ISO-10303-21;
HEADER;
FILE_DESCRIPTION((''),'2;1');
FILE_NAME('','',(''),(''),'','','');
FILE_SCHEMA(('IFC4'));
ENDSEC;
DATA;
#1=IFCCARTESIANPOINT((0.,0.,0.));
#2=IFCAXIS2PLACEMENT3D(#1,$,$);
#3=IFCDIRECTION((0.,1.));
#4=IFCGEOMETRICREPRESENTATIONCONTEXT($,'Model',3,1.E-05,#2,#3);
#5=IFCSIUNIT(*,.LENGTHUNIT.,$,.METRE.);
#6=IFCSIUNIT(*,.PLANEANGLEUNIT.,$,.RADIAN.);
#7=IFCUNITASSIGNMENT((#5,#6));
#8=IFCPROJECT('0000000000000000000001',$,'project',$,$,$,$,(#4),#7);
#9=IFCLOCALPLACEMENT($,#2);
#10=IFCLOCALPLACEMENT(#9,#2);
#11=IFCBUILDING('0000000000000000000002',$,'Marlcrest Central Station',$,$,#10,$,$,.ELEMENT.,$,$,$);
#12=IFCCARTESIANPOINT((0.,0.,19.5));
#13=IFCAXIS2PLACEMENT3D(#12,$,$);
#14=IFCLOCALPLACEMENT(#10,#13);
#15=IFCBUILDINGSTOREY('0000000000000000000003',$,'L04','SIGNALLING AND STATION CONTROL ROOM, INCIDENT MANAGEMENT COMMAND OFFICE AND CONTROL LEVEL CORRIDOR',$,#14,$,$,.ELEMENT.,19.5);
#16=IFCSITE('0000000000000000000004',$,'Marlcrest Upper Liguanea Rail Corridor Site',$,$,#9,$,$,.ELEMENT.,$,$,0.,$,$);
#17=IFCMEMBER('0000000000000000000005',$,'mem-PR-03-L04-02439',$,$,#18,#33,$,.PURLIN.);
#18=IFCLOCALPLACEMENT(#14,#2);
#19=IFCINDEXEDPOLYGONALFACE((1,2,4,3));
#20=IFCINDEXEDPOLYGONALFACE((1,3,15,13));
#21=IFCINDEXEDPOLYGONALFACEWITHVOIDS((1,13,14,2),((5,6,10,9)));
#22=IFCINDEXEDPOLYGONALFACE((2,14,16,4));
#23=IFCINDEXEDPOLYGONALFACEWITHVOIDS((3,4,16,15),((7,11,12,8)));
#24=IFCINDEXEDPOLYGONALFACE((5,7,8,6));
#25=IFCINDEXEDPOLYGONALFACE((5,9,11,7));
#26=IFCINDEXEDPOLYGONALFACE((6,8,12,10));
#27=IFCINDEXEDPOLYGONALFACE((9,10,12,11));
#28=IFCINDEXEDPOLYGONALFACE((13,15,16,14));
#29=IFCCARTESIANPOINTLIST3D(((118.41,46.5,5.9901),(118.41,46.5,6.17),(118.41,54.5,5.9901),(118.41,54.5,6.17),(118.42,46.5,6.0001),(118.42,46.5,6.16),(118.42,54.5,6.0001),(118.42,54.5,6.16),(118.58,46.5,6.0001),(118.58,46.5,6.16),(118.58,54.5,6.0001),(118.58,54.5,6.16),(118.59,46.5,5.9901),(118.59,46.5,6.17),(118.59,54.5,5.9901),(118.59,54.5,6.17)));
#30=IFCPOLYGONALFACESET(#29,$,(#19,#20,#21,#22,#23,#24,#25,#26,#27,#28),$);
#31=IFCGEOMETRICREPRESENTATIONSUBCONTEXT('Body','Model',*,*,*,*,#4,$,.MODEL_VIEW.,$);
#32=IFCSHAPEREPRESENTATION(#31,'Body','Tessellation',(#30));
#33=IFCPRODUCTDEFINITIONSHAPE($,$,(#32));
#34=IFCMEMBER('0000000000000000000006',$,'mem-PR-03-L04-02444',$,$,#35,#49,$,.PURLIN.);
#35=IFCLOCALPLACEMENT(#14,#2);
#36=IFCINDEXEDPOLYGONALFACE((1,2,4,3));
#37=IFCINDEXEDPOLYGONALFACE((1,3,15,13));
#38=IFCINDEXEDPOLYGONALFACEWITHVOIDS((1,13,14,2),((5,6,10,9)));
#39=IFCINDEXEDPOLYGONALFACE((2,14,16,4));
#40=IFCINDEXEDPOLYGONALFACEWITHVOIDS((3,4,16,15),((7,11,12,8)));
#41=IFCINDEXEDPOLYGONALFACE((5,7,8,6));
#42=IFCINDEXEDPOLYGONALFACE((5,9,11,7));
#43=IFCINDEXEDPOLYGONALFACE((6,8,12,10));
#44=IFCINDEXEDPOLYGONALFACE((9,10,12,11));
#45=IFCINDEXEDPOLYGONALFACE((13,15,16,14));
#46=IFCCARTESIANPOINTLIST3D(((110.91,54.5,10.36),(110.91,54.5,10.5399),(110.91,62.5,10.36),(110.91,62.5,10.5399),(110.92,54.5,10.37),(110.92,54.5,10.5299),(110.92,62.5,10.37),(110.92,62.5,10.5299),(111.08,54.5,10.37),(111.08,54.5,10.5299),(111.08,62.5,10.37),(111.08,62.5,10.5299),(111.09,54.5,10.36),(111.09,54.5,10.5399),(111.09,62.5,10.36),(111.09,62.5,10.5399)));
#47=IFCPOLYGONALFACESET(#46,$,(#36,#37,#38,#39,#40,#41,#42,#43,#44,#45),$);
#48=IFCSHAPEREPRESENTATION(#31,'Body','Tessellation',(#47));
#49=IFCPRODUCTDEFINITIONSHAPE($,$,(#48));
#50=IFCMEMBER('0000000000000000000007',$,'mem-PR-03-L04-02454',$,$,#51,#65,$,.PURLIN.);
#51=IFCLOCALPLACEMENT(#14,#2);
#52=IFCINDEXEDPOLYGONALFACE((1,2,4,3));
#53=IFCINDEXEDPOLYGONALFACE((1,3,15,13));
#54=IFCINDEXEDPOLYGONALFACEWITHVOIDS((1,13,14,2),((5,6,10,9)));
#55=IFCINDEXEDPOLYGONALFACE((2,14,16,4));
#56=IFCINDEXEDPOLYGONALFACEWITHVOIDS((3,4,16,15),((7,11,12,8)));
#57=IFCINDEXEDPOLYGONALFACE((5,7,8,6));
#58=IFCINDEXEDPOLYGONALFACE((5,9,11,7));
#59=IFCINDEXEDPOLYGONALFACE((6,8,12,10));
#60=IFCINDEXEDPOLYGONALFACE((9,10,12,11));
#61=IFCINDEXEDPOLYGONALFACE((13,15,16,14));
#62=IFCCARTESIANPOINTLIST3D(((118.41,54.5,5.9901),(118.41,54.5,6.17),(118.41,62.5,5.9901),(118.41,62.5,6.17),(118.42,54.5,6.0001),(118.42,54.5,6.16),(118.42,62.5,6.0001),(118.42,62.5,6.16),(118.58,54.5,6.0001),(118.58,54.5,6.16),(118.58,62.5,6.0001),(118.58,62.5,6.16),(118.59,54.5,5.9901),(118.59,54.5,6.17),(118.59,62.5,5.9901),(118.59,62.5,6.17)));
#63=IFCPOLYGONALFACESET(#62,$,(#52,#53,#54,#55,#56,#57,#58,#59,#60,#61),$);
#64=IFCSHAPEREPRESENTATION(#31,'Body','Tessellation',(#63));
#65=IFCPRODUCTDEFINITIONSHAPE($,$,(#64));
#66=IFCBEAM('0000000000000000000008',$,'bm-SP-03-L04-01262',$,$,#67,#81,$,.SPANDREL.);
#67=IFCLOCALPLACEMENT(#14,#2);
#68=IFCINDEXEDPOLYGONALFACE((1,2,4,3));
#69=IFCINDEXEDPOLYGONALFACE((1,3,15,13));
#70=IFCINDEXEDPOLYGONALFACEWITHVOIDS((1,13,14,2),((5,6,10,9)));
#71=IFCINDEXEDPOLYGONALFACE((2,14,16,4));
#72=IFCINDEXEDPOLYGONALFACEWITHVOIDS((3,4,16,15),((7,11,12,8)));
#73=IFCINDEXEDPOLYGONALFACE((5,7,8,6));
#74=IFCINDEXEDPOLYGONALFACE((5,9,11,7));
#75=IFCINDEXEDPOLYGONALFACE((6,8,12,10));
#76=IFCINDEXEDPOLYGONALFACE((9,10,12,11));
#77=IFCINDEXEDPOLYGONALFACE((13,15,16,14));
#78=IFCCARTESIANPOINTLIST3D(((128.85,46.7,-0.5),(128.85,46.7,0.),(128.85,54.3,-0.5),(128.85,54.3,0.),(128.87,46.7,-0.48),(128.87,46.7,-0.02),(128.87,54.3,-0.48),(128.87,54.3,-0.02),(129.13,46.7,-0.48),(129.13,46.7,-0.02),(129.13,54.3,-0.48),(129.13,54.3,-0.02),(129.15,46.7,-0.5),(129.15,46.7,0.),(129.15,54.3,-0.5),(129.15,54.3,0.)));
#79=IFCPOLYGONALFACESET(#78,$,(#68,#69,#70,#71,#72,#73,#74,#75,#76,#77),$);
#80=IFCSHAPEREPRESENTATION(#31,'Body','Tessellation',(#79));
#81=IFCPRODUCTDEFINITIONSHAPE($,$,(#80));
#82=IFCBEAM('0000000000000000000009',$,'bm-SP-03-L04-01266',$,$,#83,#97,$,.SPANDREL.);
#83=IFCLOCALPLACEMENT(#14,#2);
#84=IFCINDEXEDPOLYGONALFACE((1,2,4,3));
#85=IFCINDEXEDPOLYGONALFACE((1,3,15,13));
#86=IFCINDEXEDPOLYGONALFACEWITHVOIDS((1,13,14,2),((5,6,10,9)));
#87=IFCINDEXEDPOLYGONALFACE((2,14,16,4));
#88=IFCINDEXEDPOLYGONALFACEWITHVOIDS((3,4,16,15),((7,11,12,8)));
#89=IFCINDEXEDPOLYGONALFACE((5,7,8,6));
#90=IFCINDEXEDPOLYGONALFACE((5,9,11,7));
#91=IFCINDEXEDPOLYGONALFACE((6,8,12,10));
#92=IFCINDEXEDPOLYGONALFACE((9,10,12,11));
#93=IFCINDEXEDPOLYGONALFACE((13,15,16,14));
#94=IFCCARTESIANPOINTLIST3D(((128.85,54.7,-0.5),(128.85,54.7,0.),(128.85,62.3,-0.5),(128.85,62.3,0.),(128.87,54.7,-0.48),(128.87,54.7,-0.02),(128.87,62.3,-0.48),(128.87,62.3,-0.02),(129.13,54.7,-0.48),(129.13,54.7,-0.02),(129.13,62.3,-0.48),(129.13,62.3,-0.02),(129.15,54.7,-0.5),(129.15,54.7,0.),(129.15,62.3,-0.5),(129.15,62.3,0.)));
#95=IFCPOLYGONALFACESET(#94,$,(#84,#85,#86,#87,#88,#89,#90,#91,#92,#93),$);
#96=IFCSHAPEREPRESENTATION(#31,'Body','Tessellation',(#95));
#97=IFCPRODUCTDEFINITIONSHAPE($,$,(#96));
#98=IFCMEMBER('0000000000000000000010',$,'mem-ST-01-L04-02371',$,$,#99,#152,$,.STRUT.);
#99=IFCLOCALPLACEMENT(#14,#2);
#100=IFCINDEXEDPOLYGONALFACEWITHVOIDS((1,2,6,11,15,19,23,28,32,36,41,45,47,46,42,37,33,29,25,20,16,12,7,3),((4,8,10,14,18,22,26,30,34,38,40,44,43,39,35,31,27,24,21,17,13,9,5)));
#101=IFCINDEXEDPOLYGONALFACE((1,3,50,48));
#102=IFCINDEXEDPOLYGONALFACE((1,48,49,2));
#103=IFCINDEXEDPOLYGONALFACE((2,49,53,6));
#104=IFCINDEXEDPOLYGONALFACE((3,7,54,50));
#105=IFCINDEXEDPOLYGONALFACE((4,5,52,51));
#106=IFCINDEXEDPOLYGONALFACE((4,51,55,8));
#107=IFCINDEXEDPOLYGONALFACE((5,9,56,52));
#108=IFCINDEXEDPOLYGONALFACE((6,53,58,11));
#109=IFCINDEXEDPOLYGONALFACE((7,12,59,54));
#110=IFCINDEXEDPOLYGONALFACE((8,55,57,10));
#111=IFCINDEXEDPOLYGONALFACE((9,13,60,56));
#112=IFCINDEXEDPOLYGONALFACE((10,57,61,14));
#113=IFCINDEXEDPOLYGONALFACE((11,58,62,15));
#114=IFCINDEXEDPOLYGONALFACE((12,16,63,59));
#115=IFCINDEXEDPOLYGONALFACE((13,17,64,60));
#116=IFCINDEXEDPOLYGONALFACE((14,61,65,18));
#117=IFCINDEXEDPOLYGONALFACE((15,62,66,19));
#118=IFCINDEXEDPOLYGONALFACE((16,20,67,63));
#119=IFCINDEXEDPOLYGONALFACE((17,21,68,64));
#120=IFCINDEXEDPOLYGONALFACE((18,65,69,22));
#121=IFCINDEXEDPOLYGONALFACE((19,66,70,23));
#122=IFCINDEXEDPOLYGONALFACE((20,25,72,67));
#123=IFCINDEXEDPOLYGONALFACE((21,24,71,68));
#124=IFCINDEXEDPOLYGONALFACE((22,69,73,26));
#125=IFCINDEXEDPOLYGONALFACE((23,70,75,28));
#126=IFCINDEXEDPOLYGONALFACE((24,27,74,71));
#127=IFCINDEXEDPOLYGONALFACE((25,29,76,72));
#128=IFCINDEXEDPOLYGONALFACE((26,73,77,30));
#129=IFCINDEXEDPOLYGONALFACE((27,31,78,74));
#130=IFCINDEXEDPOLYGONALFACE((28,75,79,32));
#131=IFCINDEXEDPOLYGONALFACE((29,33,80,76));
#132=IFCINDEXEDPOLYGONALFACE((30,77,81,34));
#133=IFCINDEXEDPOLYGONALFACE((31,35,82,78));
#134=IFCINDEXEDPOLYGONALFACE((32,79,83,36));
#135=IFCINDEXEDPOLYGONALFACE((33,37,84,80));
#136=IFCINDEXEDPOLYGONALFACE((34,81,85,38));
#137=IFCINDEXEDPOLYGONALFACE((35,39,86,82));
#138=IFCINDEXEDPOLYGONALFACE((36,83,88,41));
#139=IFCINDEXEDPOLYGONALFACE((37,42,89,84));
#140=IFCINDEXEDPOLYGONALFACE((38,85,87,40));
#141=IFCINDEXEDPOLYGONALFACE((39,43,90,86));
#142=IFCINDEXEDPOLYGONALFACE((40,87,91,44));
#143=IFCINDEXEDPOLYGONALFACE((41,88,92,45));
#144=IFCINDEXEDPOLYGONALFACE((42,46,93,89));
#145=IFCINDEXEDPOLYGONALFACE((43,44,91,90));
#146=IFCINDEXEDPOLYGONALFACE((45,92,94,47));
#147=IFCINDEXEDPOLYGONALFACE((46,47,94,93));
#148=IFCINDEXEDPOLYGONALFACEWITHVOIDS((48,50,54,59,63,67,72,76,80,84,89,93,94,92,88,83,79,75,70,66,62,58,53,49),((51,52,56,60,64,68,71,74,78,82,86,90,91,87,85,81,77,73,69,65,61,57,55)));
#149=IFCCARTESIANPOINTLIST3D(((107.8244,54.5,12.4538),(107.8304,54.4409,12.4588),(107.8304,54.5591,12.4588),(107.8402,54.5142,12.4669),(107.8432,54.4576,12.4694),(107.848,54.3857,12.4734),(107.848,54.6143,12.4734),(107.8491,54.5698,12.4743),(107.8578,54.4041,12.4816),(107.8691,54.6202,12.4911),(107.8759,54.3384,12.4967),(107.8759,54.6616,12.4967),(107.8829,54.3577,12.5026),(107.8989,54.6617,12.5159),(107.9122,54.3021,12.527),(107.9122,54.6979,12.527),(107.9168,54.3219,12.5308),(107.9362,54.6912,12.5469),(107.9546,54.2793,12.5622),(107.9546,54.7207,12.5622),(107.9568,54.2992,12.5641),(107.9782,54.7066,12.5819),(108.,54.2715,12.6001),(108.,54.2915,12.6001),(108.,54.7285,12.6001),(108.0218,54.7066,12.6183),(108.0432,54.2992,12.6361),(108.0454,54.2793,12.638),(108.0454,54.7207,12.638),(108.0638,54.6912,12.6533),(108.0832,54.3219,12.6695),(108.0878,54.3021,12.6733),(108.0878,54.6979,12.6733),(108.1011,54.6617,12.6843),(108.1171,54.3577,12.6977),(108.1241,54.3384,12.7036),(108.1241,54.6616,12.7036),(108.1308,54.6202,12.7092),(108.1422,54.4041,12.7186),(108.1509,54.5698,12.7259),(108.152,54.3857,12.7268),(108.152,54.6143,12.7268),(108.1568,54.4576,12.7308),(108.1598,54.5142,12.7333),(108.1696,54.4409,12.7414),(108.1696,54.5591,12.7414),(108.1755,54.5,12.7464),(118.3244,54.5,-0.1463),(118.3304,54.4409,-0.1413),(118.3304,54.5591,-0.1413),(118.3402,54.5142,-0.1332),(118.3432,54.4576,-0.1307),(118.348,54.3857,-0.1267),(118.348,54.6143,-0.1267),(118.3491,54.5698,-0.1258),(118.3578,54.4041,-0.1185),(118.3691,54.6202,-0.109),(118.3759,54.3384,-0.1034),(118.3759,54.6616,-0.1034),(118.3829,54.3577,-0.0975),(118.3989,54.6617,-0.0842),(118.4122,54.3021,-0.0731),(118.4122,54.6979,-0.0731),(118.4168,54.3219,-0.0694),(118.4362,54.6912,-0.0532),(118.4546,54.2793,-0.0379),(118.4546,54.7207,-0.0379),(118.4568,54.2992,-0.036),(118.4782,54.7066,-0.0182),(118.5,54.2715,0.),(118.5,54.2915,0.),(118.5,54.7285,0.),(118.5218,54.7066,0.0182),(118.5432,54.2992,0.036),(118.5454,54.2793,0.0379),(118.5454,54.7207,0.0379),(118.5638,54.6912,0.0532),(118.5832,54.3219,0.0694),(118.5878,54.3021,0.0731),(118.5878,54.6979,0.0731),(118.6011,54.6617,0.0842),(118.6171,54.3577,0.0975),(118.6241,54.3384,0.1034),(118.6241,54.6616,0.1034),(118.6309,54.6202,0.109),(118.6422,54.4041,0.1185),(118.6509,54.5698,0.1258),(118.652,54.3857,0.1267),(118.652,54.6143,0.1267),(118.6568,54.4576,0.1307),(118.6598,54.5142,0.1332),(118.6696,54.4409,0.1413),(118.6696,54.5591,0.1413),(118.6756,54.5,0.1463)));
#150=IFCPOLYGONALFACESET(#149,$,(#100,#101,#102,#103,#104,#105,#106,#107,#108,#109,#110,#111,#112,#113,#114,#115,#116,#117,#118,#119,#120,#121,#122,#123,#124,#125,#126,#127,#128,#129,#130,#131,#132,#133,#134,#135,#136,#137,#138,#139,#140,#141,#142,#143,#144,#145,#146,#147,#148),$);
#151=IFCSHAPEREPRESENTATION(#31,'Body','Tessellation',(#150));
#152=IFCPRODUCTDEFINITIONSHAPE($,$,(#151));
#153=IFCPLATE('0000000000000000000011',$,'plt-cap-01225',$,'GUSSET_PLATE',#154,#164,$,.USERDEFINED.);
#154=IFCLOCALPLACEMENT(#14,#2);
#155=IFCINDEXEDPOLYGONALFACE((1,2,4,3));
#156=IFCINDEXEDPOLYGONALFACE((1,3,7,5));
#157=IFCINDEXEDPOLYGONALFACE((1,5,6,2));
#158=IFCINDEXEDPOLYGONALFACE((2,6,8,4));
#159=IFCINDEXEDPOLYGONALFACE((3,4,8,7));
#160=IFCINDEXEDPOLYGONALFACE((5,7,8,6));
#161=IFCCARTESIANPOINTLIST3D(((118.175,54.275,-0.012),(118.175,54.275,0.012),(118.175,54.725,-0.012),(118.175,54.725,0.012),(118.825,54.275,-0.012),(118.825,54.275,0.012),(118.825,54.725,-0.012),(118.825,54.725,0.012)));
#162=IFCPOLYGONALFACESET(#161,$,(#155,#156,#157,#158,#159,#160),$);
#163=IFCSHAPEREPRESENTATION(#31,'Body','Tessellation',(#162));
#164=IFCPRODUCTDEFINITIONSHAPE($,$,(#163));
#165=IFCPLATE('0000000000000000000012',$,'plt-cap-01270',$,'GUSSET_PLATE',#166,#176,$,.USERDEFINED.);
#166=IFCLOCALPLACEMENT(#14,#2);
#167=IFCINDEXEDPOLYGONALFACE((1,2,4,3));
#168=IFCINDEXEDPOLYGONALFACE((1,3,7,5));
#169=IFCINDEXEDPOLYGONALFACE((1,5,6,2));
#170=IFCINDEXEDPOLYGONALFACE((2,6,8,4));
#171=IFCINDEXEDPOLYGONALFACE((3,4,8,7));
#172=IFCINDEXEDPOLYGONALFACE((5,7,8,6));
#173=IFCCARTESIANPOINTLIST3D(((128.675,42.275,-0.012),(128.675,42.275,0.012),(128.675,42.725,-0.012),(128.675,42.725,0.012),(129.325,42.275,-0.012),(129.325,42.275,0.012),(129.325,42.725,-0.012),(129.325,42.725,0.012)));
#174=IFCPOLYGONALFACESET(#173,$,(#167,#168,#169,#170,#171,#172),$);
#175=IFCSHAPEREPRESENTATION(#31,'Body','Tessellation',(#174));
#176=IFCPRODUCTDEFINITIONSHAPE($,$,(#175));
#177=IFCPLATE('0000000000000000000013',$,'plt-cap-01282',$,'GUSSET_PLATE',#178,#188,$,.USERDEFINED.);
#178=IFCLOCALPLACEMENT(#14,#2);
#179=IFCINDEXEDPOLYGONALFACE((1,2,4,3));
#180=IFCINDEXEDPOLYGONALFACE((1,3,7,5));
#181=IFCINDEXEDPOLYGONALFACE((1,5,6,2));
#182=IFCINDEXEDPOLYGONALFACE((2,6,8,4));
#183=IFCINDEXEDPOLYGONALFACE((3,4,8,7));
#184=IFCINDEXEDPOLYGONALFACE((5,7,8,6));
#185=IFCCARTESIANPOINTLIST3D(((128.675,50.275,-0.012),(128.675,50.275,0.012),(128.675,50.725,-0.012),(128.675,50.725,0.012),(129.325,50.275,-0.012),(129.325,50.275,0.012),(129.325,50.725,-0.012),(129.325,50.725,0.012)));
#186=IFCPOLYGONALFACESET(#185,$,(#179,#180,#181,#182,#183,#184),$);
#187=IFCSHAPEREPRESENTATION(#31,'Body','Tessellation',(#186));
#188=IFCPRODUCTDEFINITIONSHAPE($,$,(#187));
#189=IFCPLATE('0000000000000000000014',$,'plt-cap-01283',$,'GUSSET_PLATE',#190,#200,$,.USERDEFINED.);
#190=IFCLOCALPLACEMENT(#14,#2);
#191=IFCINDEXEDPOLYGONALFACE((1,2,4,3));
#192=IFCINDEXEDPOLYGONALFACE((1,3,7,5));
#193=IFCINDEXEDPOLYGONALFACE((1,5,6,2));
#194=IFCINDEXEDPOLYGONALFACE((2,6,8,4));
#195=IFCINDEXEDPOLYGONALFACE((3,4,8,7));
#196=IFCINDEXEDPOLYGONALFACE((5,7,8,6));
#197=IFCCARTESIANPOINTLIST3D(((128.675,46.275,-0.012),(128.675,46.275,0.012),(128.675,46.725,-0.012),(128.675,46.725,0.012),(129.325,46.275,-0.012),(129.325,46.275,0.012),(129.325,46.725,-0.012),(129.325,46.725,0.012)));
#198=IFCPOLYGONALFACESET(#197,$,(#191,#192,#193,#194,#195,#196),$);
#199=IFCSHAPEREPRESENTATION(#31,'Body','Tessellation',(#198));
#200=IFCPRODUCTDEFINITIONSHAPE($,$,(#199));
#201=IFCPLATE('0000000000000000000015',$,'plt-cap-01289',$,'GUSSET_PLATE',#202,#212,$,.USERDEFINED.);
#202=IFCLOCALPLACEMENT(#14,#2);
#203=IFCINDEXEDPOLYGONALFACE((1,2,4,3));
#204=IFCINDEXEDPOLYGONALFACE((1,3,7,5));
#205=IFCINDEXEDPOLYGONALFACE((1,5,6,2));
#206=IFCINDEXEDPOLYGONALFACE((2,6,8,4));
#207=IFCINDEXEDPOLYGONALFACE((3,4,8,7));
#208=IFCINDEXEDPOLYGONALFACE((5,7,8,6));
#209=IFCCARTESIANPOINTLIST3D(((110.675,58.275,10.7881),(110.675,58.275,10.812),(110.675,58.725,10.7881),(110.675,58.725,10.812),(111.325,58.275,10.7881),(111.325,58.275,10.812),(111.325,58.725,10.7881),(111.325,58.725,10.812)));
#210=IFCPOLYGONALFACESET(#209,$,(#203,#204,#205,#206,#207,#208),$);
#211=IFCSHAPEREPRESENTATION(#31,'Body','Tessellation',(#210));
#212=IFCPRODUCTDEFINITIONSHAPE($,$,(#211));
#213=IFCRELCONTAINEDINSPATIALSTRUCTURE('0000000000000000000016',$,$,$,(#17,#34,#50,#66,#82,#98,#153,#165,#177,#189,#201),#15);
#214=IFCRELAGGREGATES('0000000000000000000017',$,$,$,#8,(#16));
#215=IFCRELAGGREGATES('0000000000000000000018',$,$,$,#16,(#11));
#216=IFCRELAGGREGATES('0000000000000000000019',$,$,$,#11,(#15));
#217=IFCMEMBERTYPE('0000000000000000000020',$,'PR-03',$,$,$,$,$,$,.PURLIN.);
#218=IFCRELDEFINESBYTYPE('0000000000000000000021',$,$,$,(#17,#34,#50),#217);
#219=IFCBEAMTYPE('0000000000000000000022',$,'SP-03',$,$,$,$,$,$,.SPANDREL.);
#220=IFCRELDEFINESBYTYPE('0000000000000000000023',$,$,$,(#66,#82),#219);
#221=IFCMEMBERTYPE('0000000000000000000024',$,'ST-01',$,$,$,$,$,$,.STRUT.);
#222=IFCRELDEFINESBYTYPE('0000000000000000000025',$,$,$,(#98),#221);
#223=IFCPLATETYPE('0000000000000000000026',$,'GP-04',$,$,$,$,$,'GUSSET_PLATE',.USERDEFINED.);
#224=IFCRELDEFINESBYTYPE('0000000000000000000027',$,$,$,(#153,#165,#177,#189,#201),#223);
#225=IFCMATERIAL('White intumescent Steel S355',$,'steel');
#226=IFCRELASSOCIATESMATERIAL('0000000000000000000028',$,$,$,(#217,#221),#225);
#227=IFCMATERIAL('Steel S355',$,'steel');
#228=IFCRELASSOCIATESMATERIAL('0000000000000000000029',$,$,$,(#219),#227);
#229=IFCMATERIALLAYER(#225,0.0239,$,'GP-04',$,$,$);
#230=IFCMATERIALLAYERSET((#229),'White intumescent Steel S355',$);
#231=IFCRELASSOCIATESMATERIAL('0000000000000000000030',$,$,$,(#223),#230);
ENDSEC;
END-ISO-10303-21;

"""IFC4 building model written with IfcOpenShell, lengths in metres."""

from ifc_helpers import new_model, si_unit, direction, frame, origin, origin_2d, place, context, subcontext, project, spatial, rectangle, hollow_rectangle, hollow_circle, extrude, material, layer, layer_set, material_profile, profile_set, type_object, element, save


model = new_model("IFC4")

# Units and contexts
model_context = context("Model", 3, precision=1e-05, world=origin(), true_north=direction((0.0, 1.0)))
body_context = subcontext(model_context, "Body", "Model", "MODEL_VIEW")
ifc_project = project(units=[si_unit("LENGTHUNIT", "METRE"), si_unit("PLANEANGLEUNIT", "RADIAN")], contexts=[model_context])

# Site, building, storey
site_placement = place(None, origin())
site = spatial("IfcSite", under=ifc_project, at=site_placement, Name="Marlcrest Upper Liguanea Rail Corridor Site", CompositionType="ELEMENT", RefElevation=0.0)
building_placement = place(site_placement, origin())
building = spatial("IfcBuilding", under=site, at=building_placement, Name="Marlcrest Central Station", CompositionType="ELEMENT")
storey_placement = place(building_placement, frame((0.0, 0.0, 19.5)))
storey = spatial("IfcBuildingStorey", under=building, at=storey_placement, Name="L04", Description="SIGNALLING AND STATION CONTROL ROOM, INCIDENT MANAGEMENT COMMAND OFFICE AND CONTROL LEVEL CORRIDOR", CompositionType="ELEMENT", Elevation=19.5)

# Members
ifc_material_1 = material(Name="White intumescent Steel S355", Category="steel")
ifc_material_profile_1 = material_profile(ifc_material_1, hollow_rectangle(XDim=0.1799, YDim=0.1799, WallThickness=0.01, at=origin_2d()), Name="SHS 180x180x10")
ifc_profile_set_1 = profile_set([ifc_material_profile_1], Name="White intumescent Steel S355")
member_type_1 = type_object("IfcMemberType", Name="PR-03", PredefinedType="PURLIN", material=ifc_profile_set_1)
for number, where, z_axis, x_axis, name in (
    (1, (118.5, 46.5, 6.0801), (0.0, 1.0, 0.0), (-1.0, 0.0, 0.0), "mem-PR-03-L04-02439"),
    (2, (111.0, 54.5, 10.45), (0.0, 1.0, 0.0), (-1.0, 0.0, 0.0), "mem-PR-03-L04-02444"),
    (3, (118.5, 54.5, 6.0801), (0.0, 1.0, 0.0), (-1.0, 0.0, 0.0), "mem-PR-03-L04-02454"),
):
    element("IfcMember", number, at=place(storey_placement, frame(where, z_axis=z_axis, x_axis=x_axis)), inside=storey, type_object=member_type_1, Name=name, PredefinedType="PURLIN", context=body_context, shape_type="SweptSolid", body=[
        extrude(hollow_rectangle(XDim=0.1799, YDim=0.1799, WallThickness=0.01, at=origin_2d()), origin(), (0.0, 0.0, 1.0), 8.0),
    ])

# Beams
ifc_material_2 = material(Name="Steel S355", Category="steel")
ifc_material_profile_2 = material_profile(ifc_material_2, hollow_rectangle(XDim=0.3, YDim=0.5, WallThickness=0.02, at=origin_2d()), Name="RHS 500x300x20")
ifc_profile_set_2 = profile_set([ifc_material_profile_2], Name="Steel S355")
beam_type = type_object("IfcBeamType", Name="SP-03", PredefinedType="SPANDREL", material=ifc_profile_set_2)
for number, where, z_axis, x_axis, name in (
    (4, (129.0, 46.7, -0.25), (0.0, 1.0, 0.0), (-1.0, 0.0, 0.0), "bm-SP-03-L04-01262"),
    (5, (129.0, 54.7, -0.25), (0.0, 1.0, 0.0), (-1.0, 0.0, 0.0), "bm-SP-03-L04-01266"),
):
    element("IfcBeam", number, at=place(storey_placement, frame(where, z_axis=z_axis, x_axis=x_axis)), inside=storey, type_object=beam_type, Name=name, PredefinedType="SPANDREL", context=body_context, shape_type="SweptSolid", body=[
        extrude(hollow_rectangle(XDim=0.3, YDim=0.5, WallThickness=0.02, at=origin_2d()), origin(), (0.0, 0.0, 1.0), 7.6001),
    ])

# Member
ifc_material_profile_3 = material_profile(ifc_material_1, hollow_circle(Radius=0.2285, WallThickness=0.02, at=origin_2d()), Name="CHS 457x20")
ifc_profile_set_3 = profile_set([ifc_material_profile_3], Name="White intumescent Steel S355")
member_type_2 = type_object("IfcMemberType", Name="ST-01", PredefinedType="STRUT", material=ifc_profile_set_3)
member_placement = place(storey_placement, frame((118.5, 54.5, 0.0), z_axis=(-0.640181, 0.0, 0.768224), x_axis=(0.0, -1.0, 0.0)))
element("IfcMember", 6, at=member_placement, inside=storey, type_object=member_type_2, Name="mem-ST-01-L04-02371", PredefinedType="STRUT", context=body_context, shape_type="SweptSolid", body=[
    extrude(hollow_circle(Radius=0.2285, WallThickness=0.02, at=origin_2d()), origin(), (0.0, 0.0, 1.0), 16.4016),
])

# Plates
ifc_layer_1 = layer(ifc_material_1, 0.0239, Name="GP-04")
ifc_layer_set_1 = layer_set([ifc_layer_1], Name="White intumescent Steel S355")
plate_type_1 = type_object("IfcPlateType", Name="GP-04", ElementType="GUSSET_PLATE", PredefinedType="USERDEFINED", material=ifc_layer_set_1)
for number, where, z_axis, x_axis, name in (
    (7, (118.5, 54.5, -0.012), (0.0, 0.0, 1.0), (1.0, 0.0, 0.0), "plt-cap-01225"),
    (8, (129.0, 42.5, -0.012), (0.0, 0.0, 1.0), (1.0, 0.0, 0.0), "plt-cap-01270"),
    (9, (129.0, 50.5, -0.012), (0.0, 0.0, 1.0), (1.0, 0.0, 0.0), "plt-cap-01282"),
    (10, (129.0, 46.5, -0.012), (0.0, 0.0, 1.0), (1.0, 0.0, 0.0), "plt-cap-01283"),
    (11, (111.0, 58.5, 10.7881), (0.0, 0.0, 1.0), (1.0, 0.0, 0.0), "plt-cap-01289"),
):
    element("IfcPlate", number, at=place(storey_placement, frame(where, z_axis=z_axis, x_axis=x_axis)), inside=storey, type_object=plate_type_1, Name=name, ObjectType="GUSSET_PLATE", PredefinedType="USERDEFINED", context=body_context, shape_type="SweptSolid", body=[
        extrude(rectangle(XDim=0.6499, YDim=0.45, at=origin_2d()), origin(), (0.0, 0.0, 1.0), 0.0239),
    ])

save(model, "model.ifc")
